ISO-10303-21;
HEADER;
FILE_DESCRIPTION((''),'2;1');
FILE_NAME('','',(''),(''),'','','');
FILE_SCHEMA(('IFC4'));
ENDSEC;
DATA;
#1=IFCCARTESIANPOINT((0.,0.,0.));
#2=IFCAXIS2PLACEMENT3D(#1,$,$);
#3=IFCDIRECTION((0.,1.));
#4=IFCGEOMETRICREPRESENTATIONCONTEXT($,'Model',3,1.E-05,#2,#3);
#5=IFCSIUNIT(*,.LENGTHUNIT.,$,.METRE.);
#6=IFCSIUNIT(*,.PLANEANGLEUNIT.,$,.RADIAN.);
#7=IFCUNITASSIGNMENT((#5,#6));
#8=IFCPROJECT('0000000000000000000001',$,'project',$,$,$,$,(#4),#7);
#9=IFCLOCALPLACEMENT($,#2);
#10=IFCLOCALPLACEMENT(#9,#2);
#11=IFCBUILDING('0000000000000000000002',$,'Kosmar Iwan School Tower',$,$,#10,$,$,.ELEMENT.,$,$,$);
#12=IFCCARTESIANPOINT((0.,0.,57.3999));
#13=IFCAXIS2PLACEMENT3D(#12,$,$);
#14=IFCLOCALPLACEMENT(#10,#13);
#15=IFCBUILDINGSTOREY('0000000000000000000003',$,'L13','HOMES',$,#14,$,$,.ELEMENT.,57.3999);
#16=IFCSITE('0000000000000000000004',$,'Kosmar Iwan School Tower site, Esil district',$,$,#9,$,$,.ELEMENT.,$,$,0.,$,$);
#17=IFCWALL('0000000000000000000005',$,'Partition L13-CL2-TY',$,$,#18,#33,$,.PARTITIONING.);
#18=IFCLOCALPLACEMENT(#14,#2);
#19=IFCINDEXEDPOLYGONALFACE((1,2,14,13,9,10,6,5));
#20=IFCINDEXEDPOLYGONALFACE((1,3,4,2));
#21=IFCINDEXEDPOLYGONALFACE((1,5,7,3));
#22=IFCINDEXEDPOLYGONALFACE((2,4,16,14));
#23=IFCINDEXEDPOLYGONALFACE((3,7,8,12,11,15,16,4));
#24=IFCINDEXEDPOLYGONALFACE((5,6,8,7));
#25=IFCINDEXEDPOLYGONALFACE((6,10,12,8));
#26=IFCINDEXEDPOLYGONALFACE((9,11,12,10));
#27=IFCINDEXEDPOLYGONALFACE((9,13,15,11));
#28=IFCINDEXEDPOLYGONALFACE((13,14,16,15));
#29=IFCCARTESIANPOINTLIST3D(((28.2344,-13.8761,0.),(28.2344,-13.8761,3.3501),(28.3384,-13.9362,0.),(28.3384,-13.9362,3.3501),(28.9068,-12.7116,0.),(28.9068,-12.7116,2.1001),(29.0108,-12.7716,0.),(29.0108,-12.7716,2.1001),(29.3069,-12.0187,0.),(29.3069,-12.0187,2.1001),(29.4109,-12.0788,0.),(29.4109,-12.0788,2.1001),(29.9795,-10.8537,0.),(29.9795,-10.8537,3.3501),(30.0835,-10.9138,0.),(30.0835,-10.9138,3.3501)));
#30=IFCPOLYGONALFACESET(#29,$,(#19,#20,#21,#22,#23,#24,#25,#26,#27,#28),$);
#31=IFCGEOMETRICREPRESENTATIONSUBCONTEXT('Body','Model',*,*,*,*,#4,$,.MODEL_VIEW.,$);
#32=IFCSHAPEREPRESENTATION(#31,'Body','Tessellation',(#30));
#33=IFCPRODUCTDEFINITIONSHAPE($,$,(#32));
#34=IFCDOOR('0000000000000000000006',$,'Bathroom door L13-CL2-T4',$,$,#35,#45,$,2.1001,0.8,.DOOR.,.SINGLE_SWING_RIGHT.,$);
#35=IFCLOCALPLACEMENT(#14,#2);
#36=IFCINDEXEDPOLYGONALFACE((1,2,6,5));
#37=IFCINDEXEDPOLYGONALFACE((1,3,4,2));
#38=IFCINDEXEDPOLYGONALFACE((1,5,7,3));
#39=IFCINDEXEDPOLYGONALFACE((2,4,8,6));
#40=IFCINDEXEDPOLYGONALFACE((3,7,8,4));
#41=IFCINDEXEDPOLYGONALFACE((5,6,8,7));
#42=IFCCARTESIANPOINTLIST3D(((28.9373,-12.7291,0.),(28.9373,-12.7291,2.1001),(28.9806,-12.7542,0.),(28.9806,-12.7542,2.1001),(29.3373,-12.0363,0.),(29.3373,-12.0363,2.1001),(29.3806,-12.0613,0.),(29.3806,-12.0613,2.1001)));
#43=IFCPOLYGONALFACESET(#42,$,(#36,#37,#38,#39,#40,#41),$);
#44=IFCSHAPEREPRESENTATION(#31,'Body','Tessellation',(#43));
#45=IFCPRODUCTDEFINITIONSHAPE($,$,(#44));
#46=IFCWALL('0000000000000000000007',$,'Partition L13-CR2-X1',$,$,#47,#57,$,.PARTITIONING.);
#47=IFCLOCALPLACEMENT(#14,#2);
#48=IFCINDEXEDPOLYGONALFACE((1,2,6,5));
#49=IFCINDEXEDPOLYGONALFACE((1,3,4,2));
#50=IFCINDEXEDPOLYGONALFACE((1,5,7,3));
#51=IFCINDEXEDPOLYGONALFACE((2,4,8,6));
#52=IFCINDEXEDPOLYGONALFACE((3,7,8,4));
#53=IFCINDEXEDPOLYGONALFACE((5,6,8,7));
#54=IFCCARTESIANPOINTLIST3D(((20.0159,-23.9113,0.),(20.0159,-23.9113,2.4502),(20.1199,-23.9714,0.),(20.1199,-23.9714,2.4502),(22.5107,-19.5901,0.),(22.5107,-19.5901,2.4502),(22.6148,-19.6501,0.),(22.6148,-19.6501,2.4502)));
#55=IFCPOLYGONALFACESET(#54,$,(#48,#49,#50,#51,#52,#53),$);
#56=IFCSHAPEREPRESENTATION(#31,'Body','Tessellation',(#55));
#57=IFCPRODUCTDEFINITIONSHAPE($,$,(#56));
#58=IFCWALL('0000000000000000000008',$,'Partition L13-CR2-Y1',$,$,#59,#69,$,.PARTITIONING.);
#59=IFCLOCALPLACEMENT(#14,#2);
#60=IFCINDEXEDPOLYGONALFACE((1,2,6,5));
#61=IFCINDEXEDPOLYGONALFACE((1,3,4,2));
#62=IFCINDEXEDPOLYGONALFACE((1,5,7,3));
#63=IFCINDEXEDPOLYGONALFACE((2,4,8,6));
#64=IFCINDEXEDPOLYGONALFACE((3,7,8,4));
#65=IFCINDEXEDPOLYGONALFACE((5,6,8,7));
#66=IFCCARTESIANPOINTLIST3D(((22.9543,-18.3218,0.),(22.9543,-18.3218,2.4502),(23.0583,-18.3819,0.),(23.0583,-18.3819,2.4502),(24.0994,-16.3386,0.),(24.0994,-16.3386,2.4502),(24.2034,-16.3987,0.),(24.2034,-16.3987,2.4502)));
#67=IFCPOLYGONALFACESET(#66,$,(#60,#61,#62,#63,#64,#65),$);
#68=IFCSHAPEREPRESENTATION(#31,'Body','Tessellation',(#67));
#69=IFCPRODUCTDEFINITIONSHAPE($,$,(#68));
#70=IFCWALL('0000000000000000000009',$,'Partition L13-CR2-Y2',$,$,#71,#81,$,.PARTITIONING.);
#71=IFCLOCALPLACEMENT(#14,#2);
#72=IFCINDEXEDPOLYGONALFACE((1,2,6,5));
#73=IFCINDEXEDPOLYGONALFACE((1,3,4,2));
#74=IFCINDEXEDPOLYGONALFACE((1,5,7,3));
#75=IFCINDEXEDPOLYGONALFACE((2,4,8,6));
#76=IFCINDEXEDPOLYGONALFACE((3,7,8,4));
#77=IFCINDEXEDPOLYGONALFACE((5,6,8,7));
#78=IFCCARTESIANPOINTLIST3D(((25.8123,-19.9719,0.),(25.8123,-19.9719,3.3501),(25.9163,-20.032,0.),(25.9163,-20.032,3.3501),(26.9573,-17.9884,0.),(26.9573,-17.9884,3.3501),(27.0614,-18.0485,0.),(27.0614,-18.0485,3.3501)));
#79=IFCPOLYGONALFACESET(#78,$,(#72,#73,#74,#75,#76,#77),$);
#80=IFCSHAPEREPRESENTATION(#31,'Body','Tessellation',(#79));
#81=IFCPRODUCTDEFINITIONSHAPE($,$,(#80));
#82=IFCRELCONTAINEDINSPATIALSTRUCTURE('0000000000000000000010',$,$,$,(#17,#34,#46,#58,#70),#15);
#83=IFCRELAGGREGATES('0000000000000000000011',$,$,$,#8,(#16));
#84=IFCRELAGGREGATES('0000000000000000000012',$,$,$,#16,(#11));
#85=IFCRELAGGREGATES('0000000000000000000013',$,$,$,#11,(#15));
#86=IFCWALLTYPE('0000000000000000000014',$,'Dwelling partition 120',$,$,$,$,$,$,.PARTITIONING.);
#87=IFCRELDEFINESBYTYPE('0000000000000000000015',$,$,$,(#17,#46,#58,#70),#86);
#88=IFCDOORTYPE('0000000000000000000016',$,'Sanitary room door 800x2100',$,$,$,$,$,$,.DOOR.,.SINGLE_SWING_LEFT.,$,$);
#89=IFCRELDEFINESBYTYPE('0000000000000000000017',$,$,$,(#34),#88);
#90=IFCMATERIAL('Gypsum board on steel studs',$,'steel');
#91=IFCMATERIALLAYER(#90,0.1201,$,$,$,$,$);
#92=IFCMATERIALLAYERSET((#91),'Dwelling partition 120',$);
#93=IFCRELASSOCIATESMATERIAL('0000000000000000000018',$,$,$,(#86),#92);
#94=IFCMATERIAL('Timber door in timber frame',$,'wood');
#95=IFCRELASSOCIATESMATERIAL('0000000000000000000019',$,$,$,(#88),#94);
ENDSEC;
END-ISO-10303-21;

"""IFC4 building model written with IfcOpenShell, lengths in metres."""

from ifc_helpers import new_model, si_unit, direction, frame, frame_2d, origin, place, context, subcontext, project, spatial, rectangle, extrude, material, layer, layer_set, type_object, element, fill, save


model = new_model("IFC4")

# Units and contexts
model_context = context("Model", 3, precision=1e-05, world=origin(), true_north=direction((0.0, 1.0)))
body_context = subcontext(model_context, "Body", "Model", "MODEL_VIEW")
ifc_project = project(units=[si_unit("LENGTHUNIT", "METRE"), si_unit("PLANEANGLEUNIT", "RADIAN")], contexts=[model_context])

# Site, building, storey
site_placement = place(None, origin())
site = spatial("IfcSite", under=ifc_project, at=site_placement, Name="Kosmar Iwan School Tower site, Esil district", CompositionType="ELEMENT", RefElevation=0.0)
building_placement = place(site_placement, origin())
building = spatial("IfcBuilding", under=site, at=building_placement, Name="Kosmar Iwan School Tower", CompositionType="ELEMENT")
storey_placement = place(building_placement, frame((0.0, 0.0, 57.3999)))
storey = spatial("IfcBuildingStorey", under=building, at=storey_placement, Name="L13", Description="HOMES", CompositionType="ELEMENT", Elevation=57.3999)

# Wall, opening, door
ifc_material_1 = material(Name="Gypsum board on steel studs", Category="steel")
ifc_layer_1 = layer(ifc_material_1, 0.1201)
ifc_layer_set_1 = layer_set([ifc_layer_1], Name="Dwelling partition 120")
wall_type_1 = type_object("IfcWallType", Name="Dwelling partition 120", PredefinedType="PARTITIONING", material=ifc_layer_set_1)
wall_1_placement = place(storey_placement, frame((28.2864, -13.9062, 0.0), z_axis=(0.0, 0.0, 1.0), x_axis=(0.500021, 0.866013, 0.0)))
wall_1 = element("IfcWall", 1, at=wall_1_placement, inside=storey, type_object=wall_type_1, Name="Partition L13-CL2-TY", PredefinedType="PARTITIONING", context=body_context, shape_type="SweptSolid", body=[
    extrude(rectangle(XDim=3.49, YDim=0.1201, at=frame_2d((1.7451, 0.0))), origin(), (0.0, 0.0, 1.0), 3.3501),
])
opening_1_placement = place(wall_1_placement, frame((1.345, 0.0, 0.0)))
opening_1 = element("IfcOpeningElement", 2, at=opening_1_placement, cuts=wall_1, PredefinedType="OPENING", context=body_context, shape_type="SweptSolid", body=[
    extrude(rectangle(XDim=0.8, YDim=2.1001, at=frame_2d((0.3999, 1.05))), frame((0.0, 0.072, 0.0), z_axis=(0.0, -1.0, 0.0), x_axis=(1.0, 0.0, 0.0)), (0.0, 0.0, 1.0), 0.144),
])
ifc_material_2 = material(Name="Timber door in timber frame", Category="wood")
door_type_1 = type_object("IfcDoorType", Name="Sanitary room door 800x2100", OperationType="SINGLE_SWING_LEFT", PredefinedType="DOOR", material=ifc_material_2)
door_1_placement = place(opening_1_placement, origin())
door_1 = element("IfcDoor", 3, at=door_1_placement, inside=storey, type_object=door_type_1, Name="Bathroom door L13-CL2-T4", OperationType="SINGLE_SWING_RIGHT", OverallHeight=2.1001, OverallWidth=0.8, PredefinedType="DOOR", context=body_context, shape_type="SweptSolid", body=[
    extrude(rectangle(XDim=0.8, YDim=2.1001, at=frame_2d((0.3999, 1.05))), frame((0.0, 0.0249, 0.0), z_axis=(0.0, -1.0, 0.0), x_axis=(1.0, 0.0, 0.0)), (0.0, 0.0, 1.0), 0.05),
])
fill(opening_1, door_1)

# Walls
wall_2_placement = place(storey_placement, frame((22.5627, -19.6201, 0.0), z_axis=(0.0, 0.0, 1.0), x_axis=(-0.499996, -0.866028, 0.0)))
element("IfcWall", 4, at=wall_2_placement, inside=storey, type_object=wall_type_1, Name="Partition L13-CR2-X1", PredefinedType="PARTITIONING", context=body_context, shape_type="SweptSolid", body=[
    extrude(rectangle(XDim=4.9897, YDim=0.1201, at=frame_2d((2.4949, 0.0))), origin(), (0.0, 0.0, 1.0), 2.4502),
])
wall_3_placement = place(storey_placement, frame((24.1514, -16.3687, 0.0), z_axis=(0.0, 0.0, 1.0), x_axis=(-0.500015, -0.866017, 0.0)))
element("IfcWall", 5, at=wall_3_placement, inside=storey, type_object=wall_type_1, Name="Partition L13-CR2-Y1", PredefinedType="PARTITIONING", context=body_context, shape_type="SweptSolid", body=[
    extrude(rectangle(XDim=2.29, YDim=0.1201, at=frame_2d((1.145, 0.0))), origin(), (0.0, 0.0, 1.0), 2.4502),
])
wall_4_placement = place(storey_placement, frame((27.0093, -18.0186, 0.0), z_axis=(0.0, 0.0, 1.0), x_axis=(-0.499969, -0.866044, 0.0)))
element("IfcWall", 6, at=wall_4_placement, inside=storey, type_object=wall_type_1, Name="Partition L13-CR2-Y2", PredefinedType="PARTITIONING", context=body_context, shape_type="SweptSolid", body=[
    extrude(rectangle(XDim=2.2903, YDim=0.1201, at=frame_2d((1.145, 0.0))), origin(), (0.0, 0.0, 1.0), 3.3501),
])

save(model, "model.ifc")
